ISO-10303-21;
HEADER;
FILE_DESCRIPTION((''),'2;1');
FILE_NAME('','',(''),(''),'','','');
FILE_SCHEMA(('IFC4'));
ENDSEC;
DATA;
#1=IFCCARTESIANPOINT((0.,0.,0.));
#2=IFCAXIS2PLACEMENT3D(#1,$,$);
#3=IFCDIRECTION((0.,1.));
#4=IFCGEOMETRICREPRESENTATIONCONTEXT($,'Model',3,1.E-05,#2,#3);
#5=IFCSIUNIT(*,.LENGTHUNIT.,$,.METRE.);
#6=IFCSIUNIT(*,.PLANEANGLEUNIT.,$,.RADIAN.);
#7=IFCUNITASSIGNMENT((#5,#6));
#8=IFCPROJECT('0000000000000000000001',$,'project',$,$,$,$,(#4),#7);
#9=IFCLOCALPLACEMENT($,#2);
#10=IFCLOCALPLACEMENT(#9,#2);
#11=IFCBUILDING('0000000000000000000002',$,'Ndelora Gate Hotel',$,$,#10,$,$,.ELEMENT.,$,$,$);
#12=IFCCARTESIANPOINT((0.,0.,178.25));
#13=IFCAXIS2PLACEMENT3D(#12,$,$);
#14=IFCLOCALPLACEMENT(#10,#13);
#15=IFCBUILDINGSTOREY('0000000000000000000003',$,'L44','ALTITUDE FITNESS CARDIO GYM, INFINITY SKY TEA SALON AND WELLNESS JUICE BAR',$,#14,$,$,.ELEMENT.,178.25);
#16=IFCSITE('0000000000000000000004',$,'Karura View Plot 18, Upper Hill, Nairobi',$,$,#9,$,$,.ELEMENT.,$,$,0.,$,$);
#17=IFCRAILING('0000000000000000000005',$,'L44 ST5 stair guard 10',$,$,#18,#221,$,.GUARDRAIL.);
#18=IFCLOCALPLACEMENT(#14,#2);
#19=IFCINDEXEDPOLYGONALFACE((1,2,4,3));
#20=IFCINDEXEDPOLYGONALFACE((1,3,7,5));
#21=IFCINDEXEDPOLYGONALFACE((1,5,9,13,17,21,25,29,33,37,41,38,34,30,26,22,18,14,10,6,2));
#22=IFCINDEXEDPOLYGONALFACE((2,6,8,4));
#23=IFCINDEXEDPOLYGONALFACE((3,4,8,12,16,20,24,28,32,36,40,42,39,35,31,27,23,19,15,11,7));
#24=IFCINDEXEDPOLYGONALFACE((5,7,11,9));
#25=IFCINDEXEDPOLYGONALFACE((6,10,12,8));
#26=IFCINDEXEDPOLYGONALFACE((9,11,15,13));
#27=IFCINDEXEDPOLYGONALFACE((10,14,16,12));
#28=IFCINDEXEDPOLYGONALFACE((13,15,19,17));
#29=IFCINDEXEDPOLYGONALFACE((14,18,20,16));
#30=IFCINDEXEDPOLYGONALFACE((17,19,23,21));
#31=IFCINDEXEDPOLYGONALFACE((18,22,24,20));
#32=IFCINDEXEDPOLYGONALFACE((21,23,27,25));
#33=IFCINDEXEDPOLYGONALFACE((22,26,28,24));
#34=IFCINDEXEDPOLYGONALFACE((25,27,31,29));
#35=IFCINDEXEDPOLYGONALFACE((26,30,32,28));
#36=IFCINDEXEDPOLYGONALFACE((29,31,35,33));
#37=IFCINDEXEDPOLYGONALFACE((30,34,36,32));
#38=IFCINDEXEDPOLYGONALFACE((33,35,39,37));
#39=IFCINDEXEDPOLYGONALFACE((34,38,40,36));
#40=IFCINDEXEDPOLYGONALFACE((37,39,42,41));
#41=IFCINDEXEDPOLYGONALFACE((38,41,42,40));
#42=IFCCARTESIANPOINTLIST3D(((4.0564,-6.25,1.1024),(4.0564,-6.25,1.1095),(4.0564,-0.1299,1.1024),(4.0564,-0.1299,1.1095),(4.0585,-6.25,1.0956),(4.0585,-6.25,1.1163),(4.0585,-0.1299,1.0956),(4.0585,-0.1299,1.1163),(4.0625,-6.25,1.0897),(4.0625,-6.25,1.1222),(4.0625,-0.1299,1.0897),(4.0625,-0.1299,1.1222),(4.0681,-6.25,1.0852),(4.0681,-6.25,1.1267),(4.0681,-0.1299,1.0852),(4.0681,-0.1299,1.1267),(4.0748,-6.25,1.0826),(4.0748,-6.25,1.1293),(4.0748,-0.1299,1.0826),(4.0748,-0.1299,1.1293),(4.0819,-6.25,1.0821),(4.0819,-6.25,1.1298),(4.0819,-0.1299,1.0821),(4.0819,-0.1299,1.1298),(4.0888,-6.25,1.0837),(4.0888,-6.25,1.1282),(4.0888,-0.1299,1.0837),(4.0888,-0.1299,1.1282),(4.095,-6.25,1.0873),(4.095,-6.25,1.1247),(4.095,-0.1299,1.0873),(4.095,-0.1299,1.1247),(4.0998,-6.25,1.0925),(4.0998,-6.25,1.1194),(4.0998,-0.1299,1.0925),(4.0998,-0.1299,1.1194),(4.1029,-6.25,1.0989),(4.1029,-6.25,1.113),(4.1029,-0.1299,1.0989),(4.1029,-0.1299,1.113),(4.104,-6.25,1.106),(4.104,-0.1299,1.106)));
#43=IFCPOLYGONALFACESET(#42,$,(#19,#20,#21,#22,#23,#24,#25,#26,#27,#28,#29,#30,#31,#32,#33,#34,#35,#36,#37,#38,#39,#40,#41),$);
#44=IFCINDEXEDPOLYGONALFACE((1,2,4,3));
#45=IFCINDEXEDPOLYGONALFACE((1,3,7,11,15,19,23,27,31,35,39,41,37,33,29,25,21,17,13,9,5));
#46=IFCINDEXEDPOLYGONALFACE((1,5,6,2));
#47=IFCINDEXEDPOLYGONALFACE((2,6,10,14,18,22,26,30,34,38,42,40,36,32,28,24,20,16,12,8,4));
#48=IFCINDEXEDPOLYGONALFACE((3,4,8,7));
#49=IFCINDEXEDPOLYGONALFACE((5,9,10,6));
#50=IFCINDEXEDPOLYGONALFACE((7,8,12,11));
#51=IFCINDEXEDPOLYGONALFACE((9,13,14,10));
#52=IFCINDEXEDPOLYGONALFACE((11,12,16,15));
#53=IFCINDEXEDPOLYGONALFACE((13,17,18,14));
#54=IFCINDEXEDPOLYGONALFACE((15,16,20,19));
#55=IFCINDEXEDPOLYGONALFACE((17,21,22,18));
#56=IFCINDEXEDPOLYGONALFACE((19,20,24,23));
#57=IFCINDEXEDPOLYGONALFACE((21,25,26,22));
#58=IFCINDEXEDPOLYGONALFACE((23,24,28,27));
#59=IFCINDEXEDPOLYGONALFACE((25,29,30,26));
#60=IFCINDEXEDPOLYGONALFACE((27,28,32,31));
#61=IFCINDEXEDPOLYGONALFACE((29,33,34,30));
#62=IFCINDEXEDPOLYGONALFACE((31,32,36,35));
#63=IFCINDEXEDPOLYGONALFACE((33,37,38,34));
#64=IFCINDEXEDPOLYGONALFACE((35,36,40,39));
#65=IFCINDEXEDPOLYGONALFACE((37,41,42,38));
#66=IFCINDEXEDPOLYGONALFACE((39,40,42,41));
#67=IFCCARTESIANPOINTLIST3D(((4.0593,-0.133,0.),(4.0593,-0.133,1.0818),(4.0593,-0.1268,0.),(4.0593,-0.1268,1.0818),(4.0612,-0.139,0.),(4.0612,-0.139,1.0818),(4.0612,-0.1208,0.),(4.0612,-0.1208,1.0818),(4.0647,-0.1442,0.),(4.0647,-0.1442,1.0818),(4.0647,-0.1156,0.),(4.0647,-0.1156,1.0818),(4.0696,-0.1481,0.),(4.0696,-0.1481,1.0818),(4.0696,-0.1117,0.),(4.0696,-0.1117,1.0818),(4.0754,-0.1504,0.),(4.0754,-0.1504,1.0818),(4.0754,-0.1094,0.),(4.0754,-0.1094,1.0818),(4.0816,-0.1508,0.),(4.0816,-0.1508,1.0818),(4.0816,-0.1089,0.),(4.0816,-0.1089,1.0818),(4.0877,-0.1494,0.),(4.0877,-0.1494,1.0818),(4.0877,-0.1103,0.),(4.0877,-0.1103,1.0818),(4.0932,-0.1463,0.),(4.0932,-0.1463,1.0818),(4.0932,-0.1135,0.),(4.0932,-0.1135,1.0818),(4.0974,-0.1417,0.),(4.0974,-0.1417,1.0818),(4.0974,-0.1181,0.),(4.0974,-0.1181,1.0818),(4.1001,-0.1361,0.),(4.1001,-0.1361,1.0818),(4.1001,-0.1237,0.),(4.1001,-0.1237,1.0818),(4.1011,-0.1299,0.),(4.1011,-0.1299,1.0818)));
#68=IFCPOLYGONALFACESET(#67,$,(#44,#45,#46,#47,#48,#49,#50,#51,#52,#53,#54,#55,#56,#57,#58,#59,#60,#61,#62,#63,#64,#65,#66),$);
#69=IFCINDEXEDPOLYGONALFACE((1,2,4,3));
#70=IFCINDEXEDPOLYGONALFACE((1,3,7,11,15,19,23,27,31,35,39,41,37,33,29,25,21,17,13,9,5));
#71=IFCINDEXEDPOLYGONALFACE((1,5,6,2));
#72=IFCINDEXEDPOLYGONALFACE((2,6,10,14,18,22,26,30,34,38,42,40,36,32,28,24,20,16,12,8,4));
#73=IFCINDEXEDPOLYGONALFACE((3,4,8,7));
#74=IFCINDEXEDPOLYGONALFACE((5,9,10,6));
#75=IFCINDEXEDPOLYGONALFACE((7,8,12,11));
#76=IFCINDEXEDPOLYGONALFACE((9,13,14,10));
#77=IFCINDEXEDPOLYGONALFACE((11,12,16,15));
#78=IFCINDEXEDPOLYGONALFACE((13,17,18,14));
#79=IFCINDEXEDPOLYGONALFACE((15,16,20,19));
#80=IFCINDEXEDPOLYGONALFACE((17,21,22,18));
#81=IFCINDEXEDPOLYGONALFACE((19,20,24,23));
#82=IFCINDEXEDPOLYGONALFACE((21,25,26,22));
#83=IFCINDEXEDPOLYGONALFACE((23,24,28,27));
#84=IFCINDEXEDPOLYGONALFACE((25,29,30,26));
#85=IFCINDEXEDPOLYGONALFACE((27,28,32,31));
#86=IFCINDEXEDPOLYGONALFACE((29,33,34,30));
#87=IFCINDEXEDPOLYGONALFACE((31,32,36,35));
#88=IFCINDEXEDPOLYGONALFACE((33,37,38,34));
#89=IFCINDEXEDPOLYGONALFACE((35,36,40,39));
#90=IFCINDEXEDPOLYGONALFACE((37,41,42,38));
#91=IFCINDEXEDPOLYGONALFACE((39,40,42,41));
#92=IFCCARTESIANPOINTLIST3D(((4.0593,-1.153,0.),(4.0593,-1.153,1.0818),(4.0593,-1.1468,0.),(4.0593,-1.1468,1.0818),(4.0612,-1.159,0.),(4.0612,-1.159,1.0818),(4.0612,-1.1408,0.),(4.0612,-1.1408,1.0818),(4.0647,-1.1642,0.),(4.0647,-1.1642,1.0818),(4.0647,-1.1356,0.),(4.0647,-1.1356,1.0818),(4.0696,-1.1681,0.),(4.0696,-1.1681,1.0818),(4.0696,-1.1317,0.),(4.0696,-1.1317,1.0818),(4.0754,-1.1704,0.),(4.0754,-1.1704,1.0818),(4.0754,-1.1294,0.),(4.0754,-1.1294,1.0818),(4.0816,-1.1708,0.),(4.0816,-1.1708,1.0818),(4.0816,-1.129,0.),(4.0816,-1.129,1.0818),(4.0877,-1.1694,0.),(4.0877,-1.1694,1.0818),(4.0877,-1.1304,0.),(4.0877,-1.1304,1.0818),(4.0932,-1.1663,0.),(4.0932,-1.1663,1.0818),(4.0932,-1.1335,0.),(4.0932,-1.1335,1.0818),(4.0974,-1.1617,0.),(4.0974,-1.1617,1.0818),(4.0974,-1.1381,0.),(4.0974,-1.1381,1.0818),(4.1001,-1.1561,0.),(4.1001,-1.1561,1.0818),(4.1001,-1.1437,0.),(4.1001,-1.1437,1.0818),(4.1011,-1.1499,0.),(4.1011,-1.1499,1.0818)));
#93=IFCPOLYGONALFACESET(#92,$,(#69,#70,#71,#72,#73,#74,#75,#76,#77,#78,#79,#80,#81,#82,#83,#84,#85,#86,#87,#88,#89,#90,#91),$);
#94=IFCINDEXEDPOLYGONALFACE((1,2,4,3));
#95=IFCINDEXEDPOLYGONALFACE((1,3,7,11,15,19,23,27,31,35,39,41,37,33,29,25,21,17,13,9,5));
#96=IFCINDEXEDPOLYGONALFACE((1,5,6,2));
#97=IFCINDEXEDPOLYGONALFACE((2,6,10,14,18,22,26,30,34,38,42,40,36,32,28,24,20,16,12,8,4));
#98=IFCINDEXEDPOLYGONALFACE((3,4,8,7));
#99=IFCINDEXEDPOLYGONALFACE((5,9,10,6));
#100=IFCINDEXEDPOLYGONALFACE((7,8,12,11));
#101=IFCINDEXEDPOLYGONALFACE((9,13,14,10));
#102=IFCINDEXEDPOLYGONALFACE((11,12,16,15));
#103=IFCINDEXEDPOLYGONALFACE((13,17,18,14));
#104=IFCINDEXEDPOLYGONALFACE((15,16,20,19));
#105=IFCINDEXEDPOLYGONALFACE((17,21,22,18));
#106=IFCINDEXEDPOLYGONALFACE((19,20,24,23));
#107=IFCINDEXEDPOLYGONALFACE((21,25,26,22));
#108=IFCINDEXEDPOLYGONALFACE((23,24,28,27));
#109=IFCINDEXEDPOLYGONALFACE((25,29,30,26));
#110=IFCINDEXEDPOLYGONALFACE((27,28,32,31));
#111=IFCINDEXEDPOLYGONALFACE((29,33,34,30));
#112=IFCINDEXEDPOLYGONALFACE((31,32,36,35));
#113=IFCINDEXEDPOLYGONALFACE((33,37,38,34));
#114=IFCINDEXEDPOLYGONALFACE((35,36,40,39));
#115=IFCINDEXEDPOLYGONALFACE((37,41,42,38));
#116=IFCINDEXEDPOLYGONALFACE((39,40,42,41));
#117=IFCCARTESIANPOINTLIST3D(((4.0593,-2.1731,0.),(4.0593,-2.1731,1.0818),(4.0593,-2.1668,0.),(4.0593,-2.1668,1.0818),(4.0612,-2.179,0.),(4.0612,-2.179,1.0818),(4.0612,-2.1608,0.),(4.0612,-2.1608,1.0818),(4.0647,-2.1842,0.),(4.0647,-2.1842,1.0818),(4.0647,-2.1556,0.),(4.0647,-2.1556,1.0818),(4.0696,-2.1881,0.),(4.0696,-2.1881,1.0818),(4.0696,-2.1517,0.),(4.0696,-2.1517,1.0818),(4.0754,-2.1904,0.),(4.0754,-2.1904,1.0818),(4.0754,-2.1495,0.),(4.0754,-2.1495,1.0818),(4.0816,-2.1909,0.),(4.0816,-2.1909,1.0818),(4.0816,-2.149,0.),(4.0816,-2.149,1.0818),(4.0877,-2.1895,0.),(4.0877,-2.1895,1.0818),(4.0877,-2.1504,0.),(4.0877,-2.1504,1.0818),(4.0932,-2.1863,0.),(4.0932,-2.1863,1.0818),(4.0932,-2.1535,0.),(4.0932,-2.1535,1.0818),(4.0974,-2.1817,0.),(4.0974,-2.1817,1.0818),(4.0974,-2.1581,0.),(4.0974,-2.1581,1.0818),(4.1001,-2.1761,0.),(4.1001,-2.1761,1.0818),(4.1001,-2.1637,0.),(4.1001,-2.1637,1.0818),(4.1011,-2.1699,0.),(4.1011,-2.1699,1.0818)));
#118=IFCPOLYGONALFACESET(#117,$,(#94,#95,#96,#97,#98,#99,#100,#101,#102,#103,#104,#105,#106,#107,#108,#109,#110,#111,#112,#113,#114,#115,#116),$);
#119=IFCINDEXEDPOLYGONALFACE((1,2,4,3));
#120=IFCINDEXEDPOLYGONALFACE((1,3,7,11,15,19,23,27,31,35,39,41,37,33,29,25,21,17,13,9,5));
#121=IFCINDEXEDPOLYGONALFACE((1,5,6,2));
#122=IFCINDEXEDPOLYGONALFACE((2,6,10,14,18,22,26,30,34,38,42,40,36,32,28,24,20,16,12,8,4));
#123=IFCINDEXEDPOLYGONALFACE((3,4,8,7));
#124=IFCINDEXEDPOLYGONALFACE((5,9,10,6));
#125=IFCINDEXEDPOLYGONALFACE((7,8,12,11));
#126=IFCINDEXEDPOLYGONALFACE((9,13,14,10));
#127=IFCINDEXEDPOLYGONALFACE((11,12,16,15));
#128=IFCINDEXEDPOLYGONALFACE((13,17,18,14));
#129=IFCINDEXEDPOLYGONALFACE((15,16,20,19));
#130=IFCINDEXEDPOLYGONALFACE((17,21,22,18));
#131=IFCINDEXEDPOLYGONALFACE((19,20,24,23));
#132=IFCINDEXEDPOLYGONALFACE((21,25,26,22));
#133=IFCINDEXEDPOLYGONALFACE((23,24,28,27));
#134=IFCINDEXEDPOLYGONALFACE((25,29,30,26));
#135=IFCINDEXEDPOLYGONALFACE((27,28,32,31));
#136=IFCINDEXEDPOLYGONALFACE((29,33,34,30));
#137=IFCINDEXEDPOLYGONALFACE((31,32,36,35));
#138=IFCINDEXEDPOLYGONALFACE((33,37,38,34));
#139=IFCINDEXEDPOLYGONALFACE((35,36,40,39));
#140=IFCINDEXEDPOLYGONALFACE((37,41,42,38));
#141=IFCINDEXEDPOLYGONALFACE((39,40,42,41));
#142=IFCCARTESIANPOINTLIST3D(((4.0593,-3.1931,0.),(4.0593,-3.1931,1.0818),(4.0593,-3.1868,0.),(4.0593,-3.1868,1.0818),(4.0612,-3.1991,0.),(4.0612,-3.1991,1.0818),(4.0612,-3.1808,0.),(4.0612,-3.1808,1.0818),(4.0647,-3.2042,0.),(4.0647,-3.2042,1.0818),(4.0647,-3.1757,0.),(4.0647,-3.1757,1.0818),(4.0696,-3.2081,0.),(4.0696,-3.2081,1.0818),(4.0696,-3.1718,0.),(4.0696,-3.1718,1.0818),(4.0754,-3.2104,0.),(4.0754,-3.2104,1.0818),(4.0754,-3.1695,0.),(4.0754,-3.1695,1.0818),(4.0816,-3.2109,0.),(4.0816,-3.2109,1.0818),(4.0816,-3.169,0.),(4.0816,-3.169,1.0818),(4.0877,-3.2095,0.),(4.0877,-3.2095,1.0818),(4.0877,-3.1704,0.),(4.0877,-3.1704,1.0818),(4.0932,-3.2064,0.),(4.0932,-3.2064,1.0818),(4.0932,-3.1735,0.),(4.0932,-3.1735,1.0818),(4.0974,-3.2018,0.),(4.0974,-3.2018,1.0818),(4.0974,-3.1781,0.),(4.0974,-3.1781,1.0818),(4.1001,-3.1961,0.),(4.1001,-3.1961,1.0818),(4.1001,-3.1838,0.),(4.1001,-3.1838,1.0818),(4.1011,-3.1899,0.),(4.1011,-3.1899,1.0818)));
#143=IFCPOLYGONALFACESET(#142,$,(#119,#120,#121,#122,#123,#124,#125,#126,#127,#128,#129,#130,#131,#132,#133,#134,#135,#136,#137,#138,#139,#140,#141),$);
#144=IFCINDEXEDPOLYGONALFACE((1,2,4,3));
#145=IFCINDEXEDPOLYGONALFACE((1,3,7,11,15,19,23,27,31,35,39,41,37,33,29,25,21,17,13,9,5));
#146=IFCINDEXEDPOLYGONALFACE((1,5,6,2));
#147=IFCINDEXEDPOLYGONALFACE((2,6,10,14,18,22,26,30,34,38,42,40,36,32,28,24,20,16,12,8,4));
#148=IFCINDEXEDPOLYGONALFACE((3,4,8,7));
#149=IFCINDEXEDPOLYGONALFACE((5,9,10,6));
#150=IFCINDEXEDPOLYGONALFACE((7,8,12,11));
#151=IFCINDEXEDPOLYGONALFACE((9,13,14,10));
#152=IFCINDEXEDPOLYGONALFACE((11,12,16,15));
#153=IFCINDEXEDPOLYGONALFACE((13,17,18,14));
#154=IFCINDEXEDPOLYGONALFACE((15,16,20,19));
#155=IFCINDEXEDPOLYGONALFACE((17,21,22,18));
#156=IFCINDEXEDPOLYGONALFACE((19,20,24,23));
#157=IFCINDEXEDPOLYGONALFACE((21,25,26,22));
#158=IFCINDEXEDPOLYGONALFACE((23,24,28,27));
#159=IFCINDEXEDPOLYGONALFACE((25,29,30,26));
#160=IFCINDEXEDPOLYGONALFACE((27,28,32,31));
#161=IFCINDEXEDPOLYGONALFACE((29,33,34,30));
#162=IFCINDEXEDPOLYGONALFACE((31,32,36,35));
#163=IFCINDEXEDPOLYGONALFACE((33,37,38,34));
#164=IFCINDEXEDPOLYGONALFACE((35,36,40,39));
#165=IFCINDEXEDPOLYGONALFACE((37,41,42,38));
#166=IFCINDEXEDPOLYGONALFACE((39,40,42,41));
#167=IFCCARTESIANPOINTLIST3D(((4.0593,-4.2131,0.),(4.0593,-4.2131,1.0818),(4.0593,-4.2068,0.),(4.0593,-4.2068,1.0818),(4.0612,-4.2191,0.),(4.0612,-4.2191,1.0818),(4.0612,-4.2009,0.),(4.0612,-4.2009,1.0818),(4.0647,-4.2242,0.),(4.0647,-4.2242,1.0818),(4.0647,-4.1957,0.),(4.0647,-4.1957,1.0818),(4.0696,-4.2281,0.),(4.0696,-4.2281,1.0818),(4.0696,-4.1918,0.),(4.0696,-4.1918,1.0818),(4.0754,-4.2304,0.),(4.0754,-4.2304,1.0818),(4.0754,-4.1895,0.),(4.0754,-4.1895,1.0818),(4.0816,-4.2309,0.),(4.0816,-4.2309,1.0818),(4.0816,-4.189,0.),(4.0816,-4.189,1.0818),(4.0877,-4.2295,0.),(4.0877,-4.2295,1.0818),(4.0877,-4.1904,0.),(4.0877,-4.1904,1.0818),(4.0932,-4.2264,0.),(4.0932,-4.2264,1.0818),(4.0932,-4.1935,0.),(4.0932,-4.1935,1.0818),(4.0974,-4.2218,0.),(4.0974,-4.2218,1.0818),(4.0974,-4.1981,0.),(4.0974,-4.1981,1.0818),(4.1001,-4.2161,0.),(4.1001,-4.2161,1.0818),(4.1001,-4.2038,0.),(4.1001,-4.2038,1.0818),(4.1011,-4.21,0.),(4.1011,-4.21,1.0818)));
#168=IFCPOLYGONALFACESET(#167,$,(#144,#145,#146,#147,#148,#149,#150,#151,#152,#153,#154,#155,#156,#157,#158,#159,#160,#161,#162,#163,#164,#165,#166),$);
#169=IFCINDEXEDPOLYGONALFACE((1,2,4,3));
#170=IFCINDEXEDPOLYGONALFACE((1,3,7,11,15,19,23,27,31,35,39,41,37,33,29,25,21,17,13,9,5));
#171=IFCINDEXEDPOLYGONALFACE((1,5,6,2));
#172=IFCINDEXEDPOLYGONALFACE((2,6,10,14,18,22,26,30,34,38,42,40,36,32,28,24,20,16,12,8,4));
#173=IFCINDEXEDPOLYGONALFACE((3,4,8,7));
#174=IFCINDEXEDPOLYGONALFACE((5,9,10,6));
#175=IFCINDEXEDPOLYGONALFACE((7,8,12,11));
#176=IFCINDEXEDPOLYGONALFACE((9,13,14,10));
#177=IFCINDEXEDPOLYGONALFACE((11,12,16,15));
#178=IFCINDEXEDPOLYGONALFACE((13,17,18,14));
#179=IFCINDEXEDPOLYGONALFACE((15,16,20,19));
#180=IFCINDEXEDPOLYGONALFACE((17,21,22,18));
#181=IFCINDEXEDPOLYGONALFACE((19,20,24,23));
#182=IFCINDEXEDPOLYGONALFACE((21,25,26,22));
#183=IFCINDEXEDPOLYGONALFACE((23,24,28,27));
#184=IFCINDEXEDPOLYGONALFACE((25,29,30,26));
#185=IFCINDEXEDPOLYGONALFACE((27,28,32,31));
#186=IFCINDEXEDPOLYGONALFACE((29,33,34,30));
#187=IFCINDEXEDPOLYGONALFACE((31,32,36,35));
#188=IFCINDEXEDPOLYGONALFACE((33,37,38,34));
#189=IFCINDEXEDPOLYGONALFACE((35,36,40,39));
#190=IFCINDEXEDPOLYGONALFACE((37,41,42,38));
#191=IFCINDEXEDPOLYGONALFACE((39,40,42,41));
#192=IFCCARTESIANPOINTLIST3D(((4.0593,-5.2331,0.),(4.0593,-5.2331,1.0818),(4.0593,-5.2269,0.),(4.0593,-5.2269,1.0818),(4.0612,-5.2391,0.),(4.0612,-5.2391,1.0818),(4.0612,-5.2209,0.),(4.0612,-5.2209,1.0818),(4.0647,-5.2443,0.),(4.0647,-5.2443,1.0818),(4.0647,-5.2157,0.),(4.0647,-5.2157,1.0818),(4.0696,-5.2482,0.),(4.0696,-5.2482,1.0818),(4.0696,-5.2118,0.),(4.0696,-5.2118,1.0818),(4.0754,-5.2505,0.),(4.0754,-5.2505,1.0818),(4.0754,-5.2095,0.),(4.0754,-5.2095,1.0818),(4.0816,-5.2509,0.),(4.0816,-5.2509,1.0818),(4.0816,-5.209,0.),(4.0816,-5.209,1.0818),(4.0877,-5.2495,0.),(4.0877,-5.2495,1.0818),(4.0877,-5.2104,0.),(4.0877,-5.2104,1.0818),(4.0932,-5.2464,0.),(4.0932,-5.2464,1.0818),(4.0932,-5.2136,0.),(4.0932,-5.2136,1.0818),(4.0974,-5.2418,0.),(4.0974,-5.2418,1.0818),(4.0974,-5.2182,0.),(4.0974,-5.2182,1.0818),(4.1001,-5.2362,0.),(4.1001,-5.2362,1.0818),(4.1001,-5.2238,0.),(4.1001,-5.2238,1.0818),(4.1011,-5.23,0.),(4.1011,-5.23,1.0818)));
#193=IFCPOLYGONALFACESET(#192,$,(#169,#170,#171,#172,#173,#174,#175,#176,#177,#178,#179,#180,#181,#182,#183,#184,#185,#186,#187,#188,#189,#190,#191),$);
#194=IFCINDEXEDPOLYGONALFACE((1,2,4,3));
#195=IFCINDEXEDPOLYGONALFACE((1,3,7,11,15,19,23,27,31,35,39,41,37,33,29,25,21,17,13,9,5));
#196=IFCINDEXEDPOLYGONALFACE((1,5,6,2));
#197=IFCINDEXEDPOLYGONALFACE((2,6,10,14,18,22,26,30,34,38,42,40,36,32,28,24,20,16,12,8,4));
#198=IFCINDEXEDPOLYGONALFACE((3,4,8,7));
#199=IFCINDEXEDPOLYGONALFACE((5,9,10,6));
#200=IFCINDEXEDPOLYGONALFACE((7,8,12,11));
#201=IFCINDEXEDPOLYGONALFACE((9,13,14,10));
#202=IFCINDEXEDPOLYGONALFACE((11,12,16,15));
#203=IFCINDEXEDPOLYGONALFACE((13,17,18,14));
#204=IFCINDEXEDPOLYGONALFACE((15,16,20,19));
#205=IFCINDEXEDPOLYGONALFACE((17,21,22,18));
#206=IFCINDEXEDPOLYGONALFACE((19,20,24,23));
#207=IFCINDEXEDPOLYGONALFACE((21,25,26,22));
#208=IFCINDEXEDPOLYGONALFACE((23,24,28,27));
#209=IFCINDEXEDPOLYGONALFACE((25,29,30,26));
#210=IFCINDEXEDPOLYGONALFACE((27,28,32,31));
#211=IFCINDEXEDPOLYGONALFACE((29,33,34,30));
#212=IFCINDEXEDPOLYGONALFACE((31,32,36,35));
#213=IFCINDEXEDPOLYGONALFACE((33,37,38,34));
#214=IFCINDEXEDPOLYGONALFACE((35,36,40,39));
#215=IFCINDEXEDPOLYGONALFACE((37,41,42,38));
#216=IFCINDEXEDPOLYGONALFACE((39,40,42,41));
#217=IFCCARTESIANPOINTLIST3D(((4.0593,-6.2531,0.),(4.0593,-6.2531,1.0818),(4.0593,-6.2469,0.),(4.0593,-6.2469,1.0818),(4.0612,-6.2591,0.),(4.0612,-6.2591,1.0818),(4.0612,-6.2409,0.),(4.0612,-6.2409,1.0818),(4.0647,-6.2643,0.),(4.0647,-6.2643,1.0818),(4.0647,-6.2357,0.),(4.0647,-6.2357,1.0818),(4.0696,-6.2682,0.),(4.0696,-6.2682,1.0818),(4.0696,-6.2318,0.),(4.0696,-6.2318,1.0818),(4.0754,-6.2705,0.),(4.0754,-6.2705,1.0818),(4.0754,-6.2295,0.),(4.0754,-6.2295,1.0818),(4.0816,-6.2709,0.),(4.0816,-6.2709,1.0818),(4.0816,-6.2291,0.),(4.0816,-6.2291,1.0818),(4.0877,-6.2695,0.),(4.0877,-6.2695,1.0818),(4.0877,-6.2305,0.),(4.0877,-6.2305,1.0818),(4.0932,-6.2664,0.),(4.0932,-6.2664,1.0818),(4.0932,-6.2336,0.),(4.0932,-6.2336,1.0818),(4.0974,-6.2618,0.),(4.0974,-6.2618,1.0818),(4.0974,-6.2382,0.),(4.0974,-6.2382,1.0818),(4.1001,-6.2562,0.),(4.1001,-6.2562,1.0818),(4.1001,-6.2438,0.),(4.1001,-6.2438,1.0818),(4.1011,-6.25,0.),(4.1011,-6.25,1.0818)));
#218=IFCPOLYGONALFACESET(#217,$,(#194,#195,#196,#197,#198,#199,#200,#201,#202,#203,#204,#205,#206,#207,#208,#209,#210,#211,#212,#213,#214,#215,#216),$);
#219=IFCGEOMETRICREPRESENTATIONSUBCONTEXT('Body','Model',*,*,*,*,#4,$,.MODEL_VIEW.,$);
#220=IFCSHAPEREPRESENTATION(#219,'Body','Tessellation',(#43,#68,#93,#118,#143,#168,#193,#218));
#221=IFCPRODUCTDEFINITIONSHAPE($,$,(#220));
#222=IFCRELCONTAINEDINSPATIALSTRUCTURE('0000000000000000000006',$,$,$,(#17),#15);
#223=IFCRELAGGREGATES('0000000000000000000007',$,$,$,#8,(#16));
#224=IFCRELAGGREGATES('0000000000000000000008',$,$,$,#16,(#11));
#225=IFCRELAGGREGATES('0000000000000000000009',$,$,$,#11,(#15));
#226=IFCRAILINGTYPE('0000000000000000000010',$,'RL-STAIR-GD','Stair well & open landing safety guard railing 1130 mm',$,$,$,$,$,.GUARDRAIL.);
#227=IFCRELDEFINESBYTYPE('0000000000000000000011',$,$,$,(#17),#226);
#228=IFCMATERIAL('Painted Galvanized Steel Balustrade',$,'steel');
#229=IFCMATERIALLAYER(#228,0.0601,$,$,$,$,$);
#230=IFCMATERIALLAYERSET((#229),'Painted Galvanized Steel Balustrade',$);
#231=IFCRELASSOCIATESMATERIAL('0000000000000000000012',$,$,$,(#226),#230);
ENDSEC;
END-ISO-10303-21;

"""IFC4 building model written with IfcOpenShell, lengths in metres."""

from ifc_helpers import new_model, si_unit, direction, frame, origin, origin_2d, place, context, subcontext, project, spatial, circle, extrude, material, layer, layer_set, type_object, element, save


model = new_model("IFC4")

# Units and contexts
model_context = context("Model", 3, precision=1e-05, world=origin(), true_north=direction((0.0, 1.0)))
body_context = subcontext(model_context, "Body", "Model", "MODEL_VIEW")
ifc_project = project(units=[si_unit("LENGTHUNIT", "METRE"), si_unit("PLANEANGLEUNIT", "RADIAN")], contexts=[model_context])

# Site, building, storey
site_placement = place(None, origin())
site = spatial("IfcSite", under=ifc_project, at=site_placement, Name="Karura View Plot 18, Upper Hill, Nairobi", CompositionType="ELEMENT", RefElevation=0.0)
building_placement = place(site_placement, origin())
building = spatial("IfcBuilding", under=site, at=building_placement, Name="Ndelora Gate Hotel", CompositionType="ELEMENT")
storey_placement = place(building_placement, frame((0.0, 0.0, 178.25)))
storey = spatial("IfcBuildingStorey", under=building, at=storey_placement, Name="L44", Description="ALTITUDE FITNESS CARDIO GYM, INFINITY SKY TEA SALON AND WELLNESS JUICE BAR", CompositionType="ELEMENT", Elevation=178.25)

# Railing
ifc_material_1 = material(Name="Painted Galvanized Steel Balustrade", Category="steel")
ifc_layer_1 = layer(ifc_material_1, 0.0601)
ifc_layer_set_1 = layer_set([ifc_layer_1], Name="Painted Galvanized Steel Balustrade")
railing_type_1 = type_object("IfcRailingType", Name="RL-STAIR-GD", Description="Stair well & open landing safety guard railing 1130 mm", PredefinedType="GUARDRAIL", material=ifc_layer_set_1)
railing_1_placement = place(storey_placement, frame((4.0801, -0.1299, 0.0)))
element("IfcRailing", 1, at=railing_1_placement, inside=storey, type_object=railing_type_1, Name="L44 ST5 stair guard 10", PredefinedType="GUARDRAIL", context=body_context, shape_type="SweptSolid", body=[
    extrude(circle(Radius=0.0239, at=origin_2d()), frame((0.0, 0.0, 1.106), z_axis=(0.0, -1.0, 0.0), x_axis=(1.0, 0.0, 0.0)), (0.0, 0.0, 1.0), 6.1201),
    extrude(circle(Radius=0.021, at=origin_2d()), origin(), (0.0, 0.0, 1.0), 1.0818),
    extrude(circle(Radius=0.021, at=origin_2d()), frame((0.0, -1.02, 0.0)), (0.0, 0.0, 1.0), 1.0818),
    extrude(circle(Radius=0.021, at=origin_2d()), frame((0.0, -2.04, 0.0)), (0.0, 0.0, 1.0), 1.0818),
    extrude(circle(Radius=0.021, at=origin_2d()), frame((0.0, -3.0601, 0.0)), (0.0, 0.0, 1.0), 1.0818),
    extrude(circle(Radius=0.021, at=origin_2d()), frame((0.0, -4.0801, 0.0)), (0.0, 0.0, 1.0), 1.0818),
    extrude(circle(Radius=0.021, at=origin_2d()), frame((0.0, -5.1001, 0.0)), (0.0, 0.0, 1.0), 1.0818),
    extrude(circle(Radius=0.021, at=origin_2d()), frame((0.0, -6.1201, 0.0)), (0.0, 0.0, 1.0), 1.0818),
])

save(model, "model.ifc")
